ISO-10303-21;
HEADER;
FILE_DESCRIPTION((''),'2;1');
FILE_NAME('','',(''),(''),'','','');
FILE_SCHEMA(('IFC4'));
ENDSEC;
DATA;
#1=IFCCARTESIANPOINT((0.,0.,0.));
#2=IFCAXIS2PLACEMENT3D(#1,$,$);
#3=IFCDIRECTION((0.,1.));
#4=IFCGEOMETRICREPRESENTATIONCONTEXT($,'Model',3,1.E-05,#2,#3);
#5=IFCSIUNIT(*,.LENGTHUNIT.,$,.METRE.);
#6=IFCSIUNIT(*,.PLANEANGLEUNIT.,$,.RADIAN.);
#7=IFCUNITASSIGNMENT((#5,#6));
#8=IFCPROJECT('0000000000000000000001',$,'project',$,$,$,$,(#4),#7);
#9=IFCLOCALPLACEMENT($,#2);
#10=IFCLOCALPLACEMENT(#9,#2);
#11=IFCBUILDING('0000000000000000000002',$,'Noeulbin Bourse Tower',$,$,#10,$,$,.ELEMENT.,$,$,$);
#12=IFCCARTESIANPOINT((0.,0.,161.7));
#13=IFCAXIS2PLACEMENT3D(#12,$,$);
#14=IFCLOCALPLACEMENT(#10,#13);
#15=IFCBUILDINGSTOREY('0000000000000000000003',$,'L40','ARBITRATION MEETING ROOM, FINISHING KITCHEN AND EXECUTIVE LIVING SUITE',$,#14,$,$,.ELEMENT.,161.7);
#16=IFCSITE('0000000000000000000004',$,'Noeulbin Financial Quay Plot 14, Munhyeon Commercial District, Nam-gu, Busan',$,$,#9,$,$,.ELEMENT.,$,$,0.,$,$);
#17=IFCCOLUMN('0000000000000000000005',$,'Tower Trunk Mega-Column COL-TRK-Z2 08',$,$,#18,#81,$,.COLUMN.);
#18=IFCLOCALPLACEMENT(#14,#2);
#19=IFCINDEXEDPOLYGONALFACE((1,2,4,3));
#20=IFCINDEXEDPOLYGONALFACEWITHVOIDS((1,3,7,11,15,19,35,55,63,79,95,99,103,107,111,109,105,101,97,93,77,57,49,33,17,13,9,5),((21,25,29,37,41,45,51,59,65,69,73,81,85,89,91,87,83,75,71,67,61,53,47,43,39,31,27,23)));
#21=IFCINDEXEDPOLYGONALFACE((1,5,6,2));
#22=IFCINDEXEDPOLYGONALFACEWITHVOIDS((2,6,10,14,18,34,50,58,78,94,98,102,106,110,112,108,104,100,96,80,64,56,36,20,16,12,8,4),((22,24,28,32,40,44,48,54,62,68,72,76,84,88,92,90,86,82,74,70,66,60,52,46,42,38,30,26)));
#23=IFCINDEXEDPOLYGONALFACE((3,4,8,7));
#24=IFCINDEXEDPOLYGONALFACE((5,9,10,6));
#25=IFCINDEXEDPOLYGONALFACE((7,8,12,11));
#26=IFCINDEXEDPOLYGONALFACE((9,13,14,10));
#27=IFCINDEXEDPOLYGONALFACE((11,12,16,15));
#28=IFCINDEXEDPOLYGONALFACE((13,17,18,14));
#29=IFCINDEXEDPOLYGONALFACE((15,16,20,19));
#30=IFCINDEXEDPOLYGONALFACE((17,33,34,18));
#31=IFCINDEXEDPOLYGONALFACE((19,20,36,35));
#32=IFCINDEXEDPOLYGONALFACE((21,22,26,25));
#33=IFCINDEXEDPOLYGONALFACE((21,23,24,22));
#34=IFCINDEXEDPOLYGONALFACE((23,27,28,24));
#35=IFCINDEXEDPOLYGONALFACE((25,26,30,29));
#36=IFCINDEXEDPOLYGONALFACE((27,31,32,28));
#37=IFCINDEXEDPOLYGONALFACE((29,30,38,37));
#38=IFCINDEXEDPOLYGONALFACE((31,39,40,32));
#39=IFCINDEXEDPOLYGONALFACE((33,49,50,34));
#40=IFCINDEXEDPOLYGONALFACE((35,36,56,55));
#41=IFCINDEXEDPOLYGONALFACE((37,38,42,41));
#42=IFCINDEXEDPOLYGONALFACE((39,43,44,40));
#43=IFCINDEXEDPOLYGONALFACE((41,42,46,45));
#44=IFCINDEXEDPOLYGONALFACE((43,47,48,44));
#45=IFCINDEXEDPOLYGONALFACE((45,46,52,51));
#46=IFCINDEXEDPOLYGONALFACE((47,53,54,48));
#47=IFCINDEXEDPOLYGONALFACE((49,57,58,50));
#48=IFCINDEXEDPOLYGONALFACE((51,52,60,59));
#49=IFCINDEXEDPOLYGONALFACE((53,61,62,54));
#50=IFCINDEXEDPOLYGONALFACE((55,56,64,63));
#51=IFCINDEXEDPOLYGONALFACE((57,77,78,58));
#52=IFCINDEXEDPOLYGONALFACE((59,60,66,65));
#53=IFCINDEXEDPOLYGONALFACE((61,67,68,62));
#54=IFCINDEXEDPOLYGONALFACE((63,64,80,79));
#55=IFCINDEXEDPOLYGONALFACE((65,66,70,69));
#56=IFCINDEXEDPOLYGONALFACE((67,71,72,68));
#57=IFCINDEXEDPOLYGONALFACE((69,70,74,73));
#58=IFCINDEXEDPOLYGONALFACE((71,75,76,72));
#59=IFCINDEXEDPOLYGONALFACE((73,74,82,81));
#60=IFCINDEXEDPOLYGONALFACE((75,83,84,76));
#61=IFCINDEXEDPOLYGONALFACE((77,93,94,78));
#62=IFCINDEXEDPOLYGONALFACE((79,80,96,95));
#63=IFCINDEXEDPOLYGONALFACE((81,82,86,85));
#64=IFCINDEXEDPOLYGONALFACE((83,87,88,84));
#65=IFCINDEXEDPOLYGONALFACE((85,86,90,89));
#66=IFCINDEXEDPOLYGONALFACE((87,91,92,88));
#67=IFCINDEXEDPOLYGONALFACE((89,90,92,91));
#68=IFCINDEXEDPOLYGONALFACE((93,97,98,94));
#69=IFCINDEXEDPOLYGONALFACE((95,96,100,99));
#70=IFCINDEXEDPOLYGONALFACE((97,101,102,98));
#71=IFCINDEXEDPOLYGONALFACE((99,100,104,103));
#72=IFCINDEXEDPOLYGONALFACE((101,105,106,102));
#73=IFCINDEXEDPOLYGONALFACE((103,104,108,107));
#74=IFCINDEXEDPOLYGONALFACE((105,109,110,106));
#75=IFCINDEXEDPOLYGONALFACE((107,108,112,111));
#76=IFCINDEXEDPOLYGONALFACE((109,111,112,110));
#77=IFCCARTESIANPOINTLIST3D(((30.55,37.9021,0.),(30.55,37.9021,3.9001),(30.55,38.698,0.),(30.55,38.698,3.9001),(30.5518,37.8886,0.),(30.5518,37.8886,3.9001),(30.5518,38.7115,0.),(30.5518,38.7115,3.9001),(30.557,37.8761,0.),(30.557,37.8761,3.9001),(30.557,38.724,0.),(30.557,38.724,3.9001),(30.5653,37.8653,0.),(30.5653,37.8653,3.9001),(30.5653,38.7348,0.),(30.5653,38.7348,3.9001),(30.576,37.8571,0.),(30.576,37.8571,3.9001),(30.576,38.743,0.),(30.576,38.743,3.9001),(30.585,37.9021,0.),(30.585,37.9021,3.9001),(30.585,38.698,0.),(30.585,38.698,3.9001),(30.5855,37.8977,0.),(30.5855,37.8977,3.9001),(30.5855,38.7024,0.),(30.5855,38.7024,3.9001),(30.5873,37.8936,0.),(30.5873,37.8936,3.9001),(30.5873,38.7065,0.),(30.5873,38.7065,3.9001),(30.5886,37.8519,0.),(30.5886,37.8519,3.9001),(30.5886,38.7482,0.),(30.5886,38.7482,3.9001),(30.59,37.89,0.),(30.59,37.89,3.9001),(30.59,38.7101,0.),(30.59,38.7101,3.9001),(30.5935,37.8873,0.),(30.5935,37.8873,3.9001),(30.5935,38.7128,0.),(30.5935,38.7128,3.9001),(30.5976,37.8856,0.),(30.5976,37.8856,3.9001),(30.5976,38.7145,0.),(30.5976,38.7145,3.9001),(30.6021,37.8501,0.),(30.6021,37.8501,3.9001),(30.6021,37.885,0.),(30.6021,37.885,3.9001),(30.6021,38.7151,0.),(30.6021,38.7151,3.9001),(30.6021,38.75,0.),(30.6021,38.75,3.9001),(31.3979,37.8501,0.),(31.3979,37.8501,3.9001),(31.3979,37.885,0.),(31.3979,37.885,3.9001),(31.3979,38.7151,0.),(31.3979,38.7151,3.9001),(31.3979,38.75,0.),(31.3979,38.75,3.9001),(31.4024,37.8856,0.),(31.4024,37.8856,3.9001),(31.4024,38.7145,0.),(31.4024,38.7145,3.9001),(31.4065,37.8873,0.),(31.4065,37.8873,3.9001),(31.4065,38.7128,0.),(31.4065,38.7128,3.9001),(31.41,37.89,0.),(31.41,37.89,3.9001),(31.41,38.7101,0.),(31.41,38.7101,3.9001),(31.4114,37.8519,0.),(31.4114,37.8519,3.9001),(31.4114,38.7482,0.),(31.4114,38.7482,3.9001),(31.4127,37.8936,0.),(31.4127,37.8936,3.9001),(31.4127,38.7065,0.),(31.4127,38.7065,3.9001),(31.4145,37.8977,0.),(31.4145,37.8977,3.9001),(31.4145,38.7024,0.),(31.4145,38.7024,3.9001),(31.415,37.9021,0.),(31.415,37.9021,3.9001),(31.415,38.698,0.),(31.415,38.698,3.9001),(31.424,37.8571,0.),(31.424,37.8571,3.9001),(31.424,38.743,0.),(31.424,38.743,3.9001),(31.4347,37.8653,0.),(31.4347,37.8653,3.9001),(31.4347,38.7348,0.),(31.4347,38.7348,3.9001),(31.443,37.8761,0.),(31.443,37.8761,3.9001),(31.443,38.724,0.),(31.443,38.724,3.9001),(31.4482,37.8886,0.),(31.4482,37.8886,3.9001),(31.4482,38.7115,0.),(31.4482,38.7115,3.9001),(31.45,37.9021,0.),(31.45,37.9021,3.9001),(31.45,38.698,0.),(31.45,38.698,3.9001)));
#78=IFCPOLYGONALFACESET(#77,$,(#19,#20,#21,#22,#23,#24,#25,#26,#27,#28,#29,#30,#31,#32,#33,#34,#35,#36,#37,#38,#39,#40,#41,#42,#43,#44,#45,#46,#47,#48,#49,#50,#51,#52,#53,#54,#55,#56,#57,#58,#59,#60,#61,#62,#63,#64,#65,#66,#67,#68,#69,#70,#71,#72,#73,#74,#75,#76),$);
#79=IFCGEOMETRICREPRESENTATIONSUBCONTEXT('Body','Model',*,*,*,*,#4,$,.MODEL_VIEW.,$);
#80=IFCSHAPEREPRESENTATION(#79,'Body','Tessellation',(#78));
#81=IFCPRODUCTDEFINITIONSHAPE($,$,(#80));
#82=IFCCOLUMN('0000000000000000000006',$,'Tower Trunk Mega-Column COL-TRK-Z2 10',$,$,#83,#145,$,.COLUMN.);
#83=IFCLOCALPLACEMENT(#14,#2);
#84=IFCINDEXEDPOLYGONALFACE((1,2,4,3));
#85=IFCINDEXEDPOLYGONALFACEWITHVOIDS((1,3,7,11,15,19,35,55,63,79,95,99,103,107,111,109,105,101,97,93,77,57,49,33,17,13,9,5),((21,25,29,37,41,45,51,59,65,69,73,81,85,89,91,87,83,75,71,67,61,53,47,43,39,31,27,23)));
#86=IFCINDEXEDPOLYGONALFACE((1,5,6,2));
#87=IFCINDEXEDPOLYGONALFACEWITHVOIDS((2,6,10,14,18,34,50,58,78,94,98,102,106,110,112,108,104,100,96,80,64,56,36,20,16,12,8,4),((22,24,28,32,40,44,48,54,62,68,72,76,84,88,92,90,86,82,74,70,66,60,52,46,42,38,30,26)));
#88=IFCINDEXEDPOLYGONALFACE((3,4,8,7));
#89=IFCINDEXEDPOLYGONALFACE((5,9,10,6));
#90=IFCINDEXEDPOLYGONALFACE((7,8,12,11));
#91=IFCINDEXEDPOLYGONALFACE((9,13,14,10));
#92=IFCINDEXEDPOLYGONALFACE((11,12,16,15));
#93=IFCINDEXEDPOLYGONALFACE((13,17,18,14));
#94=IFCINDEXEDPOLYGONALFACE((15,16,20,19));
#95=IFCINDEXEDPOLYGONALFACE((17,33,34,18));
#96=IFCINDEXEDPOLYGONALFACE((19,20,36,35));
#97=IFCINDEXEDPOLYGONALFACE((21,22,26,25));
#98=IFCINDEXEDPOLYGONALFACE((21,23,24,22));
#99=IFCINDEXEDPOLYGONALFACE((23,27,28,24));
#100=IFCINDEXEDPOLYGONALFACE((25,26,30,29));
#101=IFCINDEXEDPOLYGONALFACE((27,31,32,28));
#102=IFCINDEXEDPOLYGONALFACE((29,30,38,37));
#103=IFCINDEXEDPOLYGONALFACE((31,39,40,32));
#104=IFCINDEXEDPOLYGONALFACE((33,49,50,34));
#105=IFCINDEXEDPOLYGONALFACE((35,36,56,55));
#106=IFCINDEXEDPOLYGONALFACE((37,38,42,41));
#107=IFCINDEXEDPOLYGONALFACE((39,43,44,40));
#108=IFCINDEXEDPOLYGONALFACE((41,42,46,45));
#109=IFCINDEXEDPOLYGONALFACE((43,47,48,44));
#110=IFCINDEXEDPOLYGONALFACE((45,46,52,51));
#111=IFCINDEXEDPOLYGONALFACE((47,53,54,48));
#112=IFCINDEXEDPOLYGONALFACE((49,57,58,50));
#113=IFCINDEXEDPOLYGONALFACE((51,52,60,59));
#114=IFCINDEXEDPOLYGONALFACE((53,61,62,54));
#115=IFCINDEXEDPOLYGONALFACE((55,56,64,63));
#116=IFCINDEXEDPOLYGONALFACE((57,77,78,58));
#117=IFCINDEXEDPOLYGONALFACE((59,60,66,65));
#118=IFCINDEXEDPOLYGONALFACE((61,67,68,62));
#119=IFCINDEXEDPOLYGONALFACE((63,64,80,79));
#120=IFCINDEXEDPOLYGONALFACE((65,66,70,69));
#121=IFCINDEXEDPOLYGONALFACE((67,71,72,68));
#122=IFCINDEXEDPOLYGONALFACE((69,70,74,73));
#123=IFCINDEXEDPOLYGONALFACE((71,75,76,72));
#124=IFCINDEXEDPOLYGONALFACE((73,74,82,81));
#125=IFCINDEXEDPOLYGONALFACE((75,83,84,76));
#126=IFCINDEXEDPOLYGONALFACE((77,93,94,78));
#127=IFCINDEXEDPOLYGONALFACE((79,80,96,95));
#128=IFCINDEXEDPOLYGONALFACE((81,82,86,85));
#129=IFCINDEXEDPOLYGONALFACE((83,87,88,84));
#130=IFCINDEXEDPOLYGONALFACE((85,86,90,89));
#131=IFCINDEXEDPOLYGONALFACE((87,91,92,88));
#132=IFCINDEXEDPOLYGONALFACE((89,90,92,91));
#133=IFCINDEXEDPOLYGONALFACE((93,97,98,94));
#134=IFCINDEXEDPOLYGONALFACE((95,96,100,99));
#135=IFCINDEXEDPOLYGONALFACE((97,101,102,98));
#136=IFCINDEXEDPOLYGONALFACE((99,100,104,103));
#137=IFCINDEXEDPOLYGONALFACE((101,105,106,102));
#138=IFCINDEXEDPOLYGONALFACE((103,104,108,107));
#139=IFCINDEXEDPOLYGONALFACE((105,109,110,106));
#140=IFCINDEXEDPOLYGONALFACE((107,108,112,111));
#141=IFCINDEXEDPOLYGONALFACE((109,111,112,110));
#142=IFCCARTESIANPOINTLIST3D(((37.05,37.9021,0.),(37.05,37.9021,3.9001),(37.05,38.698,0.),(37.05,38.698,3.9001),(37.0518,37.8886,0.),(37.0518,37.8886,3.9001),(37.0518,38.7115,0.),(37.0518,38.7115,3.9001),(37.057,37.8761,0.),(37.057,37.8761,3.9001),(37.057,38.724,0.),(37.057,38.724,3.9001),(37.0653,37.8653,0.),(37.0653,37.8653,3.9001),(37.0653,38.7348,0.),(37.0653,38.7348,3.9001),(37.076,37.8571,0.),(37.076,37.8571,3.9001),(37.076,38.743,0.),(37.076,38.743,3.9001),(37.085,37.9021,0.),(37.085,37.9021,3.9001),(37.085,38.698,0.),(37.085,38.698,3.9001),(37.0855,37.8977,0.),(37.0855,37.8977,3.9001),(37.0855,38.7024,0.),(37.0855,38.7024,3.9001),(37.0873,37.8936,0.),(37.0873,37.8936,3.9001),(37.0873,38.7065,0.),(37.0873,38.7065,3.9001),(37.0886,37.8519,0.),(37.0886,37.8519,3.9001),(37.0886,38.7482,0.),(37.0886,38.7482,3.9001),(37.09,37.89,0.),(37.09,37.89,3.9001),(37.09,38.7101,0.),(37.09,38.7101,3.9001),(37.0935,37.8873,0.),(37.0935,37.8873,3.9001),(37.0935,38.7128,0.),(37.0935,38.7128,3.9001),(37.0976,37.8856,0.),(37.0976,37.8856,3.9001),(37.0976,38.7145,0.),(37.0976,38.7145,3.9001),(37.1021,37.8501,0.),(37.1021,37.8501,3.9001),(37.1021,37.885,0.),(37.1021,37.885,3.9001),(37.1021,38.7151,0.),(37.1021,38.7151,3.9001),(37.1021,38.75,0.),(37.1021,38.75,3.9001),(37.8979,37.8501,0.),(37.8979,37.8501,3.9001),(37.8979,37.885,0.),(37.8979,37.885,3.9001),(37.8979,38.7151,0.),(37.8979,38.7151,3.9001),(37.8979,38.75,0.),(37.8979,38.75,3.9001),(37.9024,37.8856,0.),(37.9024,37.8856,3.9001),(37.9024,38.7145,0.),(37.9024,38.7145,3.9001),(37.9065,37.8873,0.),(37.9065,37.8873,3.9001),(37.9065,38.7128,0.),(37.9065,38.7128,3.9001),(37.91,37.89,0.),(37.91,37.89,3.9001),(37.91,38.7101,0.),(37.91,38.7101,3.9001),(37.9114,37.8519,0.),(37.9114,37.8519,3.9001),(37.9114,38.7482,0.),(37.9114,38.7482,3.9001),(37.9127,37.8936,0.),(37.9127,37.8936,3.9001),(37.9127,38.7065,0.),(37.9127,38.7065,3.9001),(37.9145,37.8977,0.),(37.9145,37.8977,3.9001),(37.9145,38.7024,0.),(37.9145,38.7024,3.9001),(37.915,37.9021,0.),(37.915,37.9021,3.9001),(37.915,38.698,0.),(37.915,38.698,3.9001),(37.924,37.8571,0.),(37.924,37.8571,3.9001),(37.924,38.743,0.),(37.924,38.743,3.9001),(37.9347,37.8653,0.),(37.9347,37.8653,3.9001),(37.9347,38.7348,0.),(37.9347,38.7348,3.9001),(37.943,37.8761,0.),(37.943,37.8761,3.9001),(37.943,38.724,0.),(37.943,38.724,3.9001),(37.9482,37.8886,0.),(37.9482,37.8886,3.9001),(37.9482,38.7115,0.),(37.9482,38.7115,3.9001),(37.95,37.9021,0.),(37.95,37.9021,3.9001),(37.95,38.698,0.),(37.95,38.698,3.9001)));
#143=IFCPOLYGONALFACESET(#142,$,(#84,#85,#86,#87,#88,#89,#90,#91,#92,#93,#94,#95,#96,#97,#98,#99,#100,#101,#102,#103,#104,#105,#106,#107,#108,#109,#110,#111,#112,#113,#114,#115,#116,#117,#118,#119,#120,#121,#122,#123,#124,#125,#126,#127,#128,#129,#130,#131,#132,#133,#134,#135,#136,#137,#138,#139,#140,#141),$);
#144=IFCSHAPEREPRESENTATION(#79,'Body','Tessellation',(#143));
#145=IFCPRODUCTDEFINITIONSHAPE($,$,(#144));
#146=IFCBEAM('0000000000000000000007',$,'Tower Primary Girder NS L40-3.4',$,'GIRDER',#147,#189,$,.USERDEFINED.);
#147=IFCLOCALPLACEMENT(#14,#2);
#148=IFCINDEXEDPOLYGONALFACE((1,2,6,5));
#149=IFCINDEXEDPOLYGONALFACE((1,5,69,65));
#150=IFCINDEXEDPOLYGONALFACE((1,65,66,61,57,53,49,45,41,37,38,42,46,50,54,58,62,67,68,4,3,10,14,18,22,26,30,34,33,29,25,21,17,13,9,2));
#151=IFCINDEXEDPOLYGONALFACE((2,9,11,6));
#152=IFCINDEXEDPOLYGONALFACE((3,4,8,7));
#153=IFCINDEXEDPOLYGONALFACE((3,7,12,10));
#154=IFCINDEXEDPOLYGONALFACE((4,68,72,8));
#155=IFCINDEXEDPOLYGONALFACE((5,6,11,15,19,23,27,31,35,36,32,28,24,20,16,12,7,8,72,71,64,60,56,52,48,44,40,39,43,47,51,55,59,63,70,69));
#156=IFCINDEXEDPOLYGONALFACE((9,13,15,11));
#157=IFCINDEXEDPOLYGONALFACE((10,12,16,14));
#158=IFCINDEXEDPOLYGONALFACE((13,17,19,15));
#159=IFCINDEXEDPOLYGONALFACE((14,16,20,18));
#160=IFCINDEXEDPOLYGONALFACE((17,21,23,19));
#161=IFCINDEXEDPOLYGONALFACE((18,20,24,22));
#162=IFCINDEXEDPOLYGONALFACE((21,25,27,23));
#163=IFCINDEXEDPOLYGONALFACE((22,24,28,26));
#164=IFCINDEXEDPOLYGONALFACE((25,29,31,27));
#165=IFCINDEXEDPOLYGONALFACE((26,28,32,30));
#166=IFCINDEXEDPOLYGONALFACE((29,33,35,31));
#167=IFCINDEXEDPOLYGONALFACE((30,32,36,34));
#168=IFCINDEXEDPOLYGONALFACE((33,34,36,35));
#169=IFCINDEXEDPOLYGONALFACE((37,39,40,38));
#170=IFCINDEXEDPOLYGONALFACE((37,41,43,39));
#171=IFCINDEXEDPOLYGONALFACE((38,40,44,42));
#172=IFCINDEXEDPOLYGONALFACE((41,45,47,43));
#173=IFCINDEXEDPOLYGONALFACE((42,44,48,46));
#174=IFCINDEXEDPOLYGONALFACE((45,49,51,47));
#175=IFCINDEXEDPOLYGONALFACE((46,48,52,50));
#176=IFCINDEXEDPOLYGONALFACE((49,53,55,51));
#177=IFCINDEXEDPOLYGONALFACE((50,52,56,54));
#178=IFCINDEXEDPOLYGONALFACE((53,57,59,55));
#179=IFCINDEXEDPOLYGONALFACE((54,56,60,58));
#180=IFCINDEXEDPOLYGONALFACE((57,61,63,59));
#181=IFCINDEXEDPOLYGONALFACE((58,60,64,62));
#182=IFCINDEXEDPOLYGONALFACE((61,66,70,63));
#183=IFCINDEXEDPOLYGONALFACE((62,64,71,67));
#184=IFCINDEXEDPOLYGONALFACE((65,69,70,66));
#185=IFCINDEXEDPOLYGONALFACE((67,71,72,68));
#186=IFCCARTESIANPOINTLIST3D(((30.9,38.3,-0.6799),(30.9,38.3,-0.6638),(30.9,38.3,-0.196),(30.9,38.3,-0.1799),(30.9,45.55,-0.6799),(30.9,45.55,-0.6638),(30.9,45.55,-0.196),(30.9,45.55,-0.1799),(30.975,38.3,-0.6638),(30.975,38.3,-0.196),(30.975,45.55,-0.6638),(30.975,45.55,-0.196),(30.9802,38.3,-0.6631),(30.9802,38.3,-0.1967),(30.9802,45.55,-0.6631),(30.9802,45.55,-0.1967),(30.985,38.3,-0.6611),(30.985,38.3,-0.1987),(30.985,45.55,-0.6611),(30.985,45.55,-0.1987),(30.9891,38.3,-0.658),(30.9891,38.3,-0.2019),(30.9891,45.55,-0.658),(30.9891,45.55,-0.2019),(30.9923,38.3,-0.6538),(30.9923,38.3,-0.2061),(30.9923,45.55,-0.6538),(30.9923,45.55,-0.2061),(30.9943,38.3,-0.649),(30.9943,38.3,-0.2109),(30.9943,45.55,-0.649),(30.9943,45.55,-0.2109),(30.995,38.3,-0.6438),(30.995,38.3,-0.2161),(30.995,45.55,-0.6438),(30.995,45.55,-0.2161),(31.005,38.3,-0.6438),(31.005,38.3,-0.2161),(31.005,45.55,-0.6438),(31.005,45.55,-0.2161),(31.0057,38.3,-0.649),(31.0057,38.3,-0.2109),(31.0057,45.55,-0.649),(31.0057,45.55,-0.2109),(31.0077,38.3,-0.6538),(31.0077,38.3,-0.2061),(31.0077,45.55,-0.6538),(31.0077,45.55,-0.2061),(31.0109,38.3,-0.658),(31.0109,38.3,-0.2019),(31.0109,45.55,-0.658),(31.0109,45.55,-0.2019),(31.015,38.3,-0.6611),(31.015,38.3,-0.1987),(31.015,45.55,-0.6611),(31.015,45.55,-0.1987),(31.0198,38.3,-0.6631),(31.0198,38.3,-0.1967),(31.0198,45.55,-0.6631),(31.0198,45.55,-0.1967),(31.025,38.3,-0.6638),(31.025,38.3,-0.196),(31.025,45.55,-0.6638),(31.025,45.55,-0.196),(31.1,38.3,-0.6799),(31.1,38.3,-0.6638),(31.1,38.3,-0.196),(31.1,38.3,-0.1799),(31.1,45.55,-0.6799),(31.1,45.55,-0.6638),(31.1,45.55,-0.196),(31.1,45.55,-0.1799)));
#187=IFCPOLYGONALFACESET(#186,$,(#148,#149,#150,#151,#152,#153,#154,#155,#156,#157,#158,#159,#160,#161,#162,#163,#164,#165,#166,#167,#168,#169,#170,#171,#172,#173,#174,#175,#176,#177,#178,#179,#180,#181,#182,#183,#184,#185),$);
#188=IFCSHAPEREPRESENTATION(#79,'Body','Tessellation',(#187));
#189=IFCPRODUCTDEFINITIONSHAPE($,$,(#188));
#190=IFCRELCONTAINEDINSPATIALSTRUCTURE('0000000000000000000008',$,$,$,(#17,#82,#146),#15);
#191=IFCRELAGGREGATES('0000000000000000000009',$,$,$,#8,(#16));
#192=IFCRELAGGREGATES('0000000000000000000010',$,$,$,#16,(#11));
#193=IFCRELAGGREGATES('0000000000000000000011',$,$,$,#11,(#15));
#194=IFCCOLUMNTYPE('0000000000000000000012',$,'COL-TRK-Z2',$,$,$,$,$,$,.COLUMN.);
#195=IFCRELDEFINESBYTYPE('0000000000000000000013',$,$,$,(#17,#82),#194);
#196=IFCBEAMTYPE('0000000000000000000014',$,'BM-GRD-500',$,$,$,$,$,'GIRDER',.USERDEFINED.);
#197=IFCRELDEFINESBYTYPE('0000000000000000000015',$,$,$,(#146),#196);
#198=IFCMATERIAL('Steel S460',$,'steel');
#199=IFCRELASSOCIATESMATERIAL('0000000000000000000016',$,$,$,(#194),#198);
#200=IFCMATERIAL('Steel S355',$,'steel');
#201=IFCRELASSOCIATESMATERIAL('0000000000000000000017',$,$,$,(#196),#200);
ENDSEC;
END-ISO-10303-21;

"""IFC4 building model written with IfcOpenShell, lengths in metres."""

from ifc_helpers import new_model, si_unit, direction, frame, origin, origin_2d, place, context, subcontext, project, spatial, hollow_rectangle, i_section, extrude, material, material_profile, profile_set, type_object, element, save


model = new_model("IFC4")

# Units and contexts
model_context = context("Model", 3, precision=1e-05, world=origin(), true_north=direction((0.0, 1.0)))
body_context = subcontext(model_context, "Body", "Model", "MODEL_VIEW")
ifc_project = project(units=[si_unit("LENGTHUNIT", "METRE"), si_unit("PLANEANGLEUNIT", "RADIAN")], contexts=[model_context])

# Site, building, storey
site_placement = place(None, origin())
site = spatial("IfcSite", under=ifc_project, at=site_placement, Name="Noeulbin Financial Quay Plot 14, Munhyeon Commercial District, Nam-gu, Busan", CompositionType="ELEMENT", RefElevation=0.0)
building_placement = place(site_placement, origin())
building = spatial("IfcBuilding", under=site, at=building_placement, Name="Noeulbin Bourse Tower", CompositionType="ELEMENT")
storey_placement = place(building_placement, frame((0.0, 0.0, 161.7)))
storey = spatial("IfcBuildingStorey", under=building, at=storey_placement, Name="L40", Description="ARBITRATION MEETING ROOM, FINISHING KITCHEN AND EXECUTIVE LIVING SUITE", CompositionType="ELEMENT", Elevation=161.7)

# Columns
ifc_material_1 = material(Name="Steel S460", Category="steel")
ifc_material_profile_1 = material_profile(ifc_material_1, hollow_rectangle(XDim=0.8999, YDim=0.8999, WallThickness=0.0349, InnerFilletRadius=0.0171, OuterFilletRadius=0.052, at=origin_2d()), Name="BOX-900x900x35", Category="LoadBearing")
ifc_profile_set_1 = profile_set([ifc_material_profile_1], Name="Steel S460")
column_type = type_object("IfcColumnType", Name="COL-TRK-Z2", PredefinedType="COLUMN", material=ifc_profile_set_1)
for number, where, z_axis, x_axis, name in (
    (1, (31.0, 38.3, 0.0), (0.0, 0.0, 1.0), (1.0, 0.0, 0.0), "Tower Trunk Mega-Column COL-TRK-Z2 08"),
    (2, (37.5, 38.3, 0.0), (0.0, 0.0, 1.0), (1.0, 0.0, 0.0), "Tower Trunk Mega-Column COL-TRK-Z2 10"),
):
    element("IfcColumn", number, at=place(storey_placement, frame(where, z_axis=z_axis, x_axis=x_axis)), inside=storey, type_object=column_type, Name=name, PredefinedType="COLUMN", context=body_context, shape_type="SweptSolid", body=[
        extrude(hollow_rectangle(XDim=0.8999, YDim=0.8999, WallThickness=0.0349, InnerFilletRadius=0.0171, OuterFilletRadius=0.052, at=origin_2d()), origin(), (0.0, 0.0, 1.0), 3.9001),
    ])

# Beam
ifc_material_2 = material(Name="Steel S355", Category="steel")
ifc_material_profile_2 = material_profile(ifc_material_2, i_section(OverallWidth=0.2, OverallDepth=0.5, WebThickness=0.01, FlangeThickness=0.0161, FilletRadius=0.02, at=origin_2d()), Name="H-500x200x10x16", Category="LoadBearing")
ifc_profile_set_2 = profile_set([ifc_material_profile_2], Name="Steel S355")
beam_type_1 = type_object("IfcBeamType", Name="BM-GRD-500", ElementType="GIRDER", PredefinedType="USERDEFINED", material=ifc_profile_set_2)
for number, where, z_axis, x_axis, name in (
    (3, (31.0, 38.3, -0.4299), (0.0, 1.0, 0.0), (-1.0, 0.0, 0.0), "Tower Primary Girder NS L40-3.4"),
):
    element("IfcBeam", number, at=place(storey_placement, frame(where, z_axis=z_axis, x_axis=x_axis)), inside=storey, type_object=beam_type_1, Name=name, ObjectType="GIRDER", PredefinedType="USERDEFINED", context=body_context, shape_type="SweptSolid", body=[
        extrude(i_section(OverallWidth=0.2, OverallDepth=0.5, WebThickness=0.01, FlangeThickness=0.0161, FilletRadius=0.02, at=origin_2d()), origin(), (0.0, 0.0, 1.0), 7.25),
    ])

save(model, "model.ifc")
